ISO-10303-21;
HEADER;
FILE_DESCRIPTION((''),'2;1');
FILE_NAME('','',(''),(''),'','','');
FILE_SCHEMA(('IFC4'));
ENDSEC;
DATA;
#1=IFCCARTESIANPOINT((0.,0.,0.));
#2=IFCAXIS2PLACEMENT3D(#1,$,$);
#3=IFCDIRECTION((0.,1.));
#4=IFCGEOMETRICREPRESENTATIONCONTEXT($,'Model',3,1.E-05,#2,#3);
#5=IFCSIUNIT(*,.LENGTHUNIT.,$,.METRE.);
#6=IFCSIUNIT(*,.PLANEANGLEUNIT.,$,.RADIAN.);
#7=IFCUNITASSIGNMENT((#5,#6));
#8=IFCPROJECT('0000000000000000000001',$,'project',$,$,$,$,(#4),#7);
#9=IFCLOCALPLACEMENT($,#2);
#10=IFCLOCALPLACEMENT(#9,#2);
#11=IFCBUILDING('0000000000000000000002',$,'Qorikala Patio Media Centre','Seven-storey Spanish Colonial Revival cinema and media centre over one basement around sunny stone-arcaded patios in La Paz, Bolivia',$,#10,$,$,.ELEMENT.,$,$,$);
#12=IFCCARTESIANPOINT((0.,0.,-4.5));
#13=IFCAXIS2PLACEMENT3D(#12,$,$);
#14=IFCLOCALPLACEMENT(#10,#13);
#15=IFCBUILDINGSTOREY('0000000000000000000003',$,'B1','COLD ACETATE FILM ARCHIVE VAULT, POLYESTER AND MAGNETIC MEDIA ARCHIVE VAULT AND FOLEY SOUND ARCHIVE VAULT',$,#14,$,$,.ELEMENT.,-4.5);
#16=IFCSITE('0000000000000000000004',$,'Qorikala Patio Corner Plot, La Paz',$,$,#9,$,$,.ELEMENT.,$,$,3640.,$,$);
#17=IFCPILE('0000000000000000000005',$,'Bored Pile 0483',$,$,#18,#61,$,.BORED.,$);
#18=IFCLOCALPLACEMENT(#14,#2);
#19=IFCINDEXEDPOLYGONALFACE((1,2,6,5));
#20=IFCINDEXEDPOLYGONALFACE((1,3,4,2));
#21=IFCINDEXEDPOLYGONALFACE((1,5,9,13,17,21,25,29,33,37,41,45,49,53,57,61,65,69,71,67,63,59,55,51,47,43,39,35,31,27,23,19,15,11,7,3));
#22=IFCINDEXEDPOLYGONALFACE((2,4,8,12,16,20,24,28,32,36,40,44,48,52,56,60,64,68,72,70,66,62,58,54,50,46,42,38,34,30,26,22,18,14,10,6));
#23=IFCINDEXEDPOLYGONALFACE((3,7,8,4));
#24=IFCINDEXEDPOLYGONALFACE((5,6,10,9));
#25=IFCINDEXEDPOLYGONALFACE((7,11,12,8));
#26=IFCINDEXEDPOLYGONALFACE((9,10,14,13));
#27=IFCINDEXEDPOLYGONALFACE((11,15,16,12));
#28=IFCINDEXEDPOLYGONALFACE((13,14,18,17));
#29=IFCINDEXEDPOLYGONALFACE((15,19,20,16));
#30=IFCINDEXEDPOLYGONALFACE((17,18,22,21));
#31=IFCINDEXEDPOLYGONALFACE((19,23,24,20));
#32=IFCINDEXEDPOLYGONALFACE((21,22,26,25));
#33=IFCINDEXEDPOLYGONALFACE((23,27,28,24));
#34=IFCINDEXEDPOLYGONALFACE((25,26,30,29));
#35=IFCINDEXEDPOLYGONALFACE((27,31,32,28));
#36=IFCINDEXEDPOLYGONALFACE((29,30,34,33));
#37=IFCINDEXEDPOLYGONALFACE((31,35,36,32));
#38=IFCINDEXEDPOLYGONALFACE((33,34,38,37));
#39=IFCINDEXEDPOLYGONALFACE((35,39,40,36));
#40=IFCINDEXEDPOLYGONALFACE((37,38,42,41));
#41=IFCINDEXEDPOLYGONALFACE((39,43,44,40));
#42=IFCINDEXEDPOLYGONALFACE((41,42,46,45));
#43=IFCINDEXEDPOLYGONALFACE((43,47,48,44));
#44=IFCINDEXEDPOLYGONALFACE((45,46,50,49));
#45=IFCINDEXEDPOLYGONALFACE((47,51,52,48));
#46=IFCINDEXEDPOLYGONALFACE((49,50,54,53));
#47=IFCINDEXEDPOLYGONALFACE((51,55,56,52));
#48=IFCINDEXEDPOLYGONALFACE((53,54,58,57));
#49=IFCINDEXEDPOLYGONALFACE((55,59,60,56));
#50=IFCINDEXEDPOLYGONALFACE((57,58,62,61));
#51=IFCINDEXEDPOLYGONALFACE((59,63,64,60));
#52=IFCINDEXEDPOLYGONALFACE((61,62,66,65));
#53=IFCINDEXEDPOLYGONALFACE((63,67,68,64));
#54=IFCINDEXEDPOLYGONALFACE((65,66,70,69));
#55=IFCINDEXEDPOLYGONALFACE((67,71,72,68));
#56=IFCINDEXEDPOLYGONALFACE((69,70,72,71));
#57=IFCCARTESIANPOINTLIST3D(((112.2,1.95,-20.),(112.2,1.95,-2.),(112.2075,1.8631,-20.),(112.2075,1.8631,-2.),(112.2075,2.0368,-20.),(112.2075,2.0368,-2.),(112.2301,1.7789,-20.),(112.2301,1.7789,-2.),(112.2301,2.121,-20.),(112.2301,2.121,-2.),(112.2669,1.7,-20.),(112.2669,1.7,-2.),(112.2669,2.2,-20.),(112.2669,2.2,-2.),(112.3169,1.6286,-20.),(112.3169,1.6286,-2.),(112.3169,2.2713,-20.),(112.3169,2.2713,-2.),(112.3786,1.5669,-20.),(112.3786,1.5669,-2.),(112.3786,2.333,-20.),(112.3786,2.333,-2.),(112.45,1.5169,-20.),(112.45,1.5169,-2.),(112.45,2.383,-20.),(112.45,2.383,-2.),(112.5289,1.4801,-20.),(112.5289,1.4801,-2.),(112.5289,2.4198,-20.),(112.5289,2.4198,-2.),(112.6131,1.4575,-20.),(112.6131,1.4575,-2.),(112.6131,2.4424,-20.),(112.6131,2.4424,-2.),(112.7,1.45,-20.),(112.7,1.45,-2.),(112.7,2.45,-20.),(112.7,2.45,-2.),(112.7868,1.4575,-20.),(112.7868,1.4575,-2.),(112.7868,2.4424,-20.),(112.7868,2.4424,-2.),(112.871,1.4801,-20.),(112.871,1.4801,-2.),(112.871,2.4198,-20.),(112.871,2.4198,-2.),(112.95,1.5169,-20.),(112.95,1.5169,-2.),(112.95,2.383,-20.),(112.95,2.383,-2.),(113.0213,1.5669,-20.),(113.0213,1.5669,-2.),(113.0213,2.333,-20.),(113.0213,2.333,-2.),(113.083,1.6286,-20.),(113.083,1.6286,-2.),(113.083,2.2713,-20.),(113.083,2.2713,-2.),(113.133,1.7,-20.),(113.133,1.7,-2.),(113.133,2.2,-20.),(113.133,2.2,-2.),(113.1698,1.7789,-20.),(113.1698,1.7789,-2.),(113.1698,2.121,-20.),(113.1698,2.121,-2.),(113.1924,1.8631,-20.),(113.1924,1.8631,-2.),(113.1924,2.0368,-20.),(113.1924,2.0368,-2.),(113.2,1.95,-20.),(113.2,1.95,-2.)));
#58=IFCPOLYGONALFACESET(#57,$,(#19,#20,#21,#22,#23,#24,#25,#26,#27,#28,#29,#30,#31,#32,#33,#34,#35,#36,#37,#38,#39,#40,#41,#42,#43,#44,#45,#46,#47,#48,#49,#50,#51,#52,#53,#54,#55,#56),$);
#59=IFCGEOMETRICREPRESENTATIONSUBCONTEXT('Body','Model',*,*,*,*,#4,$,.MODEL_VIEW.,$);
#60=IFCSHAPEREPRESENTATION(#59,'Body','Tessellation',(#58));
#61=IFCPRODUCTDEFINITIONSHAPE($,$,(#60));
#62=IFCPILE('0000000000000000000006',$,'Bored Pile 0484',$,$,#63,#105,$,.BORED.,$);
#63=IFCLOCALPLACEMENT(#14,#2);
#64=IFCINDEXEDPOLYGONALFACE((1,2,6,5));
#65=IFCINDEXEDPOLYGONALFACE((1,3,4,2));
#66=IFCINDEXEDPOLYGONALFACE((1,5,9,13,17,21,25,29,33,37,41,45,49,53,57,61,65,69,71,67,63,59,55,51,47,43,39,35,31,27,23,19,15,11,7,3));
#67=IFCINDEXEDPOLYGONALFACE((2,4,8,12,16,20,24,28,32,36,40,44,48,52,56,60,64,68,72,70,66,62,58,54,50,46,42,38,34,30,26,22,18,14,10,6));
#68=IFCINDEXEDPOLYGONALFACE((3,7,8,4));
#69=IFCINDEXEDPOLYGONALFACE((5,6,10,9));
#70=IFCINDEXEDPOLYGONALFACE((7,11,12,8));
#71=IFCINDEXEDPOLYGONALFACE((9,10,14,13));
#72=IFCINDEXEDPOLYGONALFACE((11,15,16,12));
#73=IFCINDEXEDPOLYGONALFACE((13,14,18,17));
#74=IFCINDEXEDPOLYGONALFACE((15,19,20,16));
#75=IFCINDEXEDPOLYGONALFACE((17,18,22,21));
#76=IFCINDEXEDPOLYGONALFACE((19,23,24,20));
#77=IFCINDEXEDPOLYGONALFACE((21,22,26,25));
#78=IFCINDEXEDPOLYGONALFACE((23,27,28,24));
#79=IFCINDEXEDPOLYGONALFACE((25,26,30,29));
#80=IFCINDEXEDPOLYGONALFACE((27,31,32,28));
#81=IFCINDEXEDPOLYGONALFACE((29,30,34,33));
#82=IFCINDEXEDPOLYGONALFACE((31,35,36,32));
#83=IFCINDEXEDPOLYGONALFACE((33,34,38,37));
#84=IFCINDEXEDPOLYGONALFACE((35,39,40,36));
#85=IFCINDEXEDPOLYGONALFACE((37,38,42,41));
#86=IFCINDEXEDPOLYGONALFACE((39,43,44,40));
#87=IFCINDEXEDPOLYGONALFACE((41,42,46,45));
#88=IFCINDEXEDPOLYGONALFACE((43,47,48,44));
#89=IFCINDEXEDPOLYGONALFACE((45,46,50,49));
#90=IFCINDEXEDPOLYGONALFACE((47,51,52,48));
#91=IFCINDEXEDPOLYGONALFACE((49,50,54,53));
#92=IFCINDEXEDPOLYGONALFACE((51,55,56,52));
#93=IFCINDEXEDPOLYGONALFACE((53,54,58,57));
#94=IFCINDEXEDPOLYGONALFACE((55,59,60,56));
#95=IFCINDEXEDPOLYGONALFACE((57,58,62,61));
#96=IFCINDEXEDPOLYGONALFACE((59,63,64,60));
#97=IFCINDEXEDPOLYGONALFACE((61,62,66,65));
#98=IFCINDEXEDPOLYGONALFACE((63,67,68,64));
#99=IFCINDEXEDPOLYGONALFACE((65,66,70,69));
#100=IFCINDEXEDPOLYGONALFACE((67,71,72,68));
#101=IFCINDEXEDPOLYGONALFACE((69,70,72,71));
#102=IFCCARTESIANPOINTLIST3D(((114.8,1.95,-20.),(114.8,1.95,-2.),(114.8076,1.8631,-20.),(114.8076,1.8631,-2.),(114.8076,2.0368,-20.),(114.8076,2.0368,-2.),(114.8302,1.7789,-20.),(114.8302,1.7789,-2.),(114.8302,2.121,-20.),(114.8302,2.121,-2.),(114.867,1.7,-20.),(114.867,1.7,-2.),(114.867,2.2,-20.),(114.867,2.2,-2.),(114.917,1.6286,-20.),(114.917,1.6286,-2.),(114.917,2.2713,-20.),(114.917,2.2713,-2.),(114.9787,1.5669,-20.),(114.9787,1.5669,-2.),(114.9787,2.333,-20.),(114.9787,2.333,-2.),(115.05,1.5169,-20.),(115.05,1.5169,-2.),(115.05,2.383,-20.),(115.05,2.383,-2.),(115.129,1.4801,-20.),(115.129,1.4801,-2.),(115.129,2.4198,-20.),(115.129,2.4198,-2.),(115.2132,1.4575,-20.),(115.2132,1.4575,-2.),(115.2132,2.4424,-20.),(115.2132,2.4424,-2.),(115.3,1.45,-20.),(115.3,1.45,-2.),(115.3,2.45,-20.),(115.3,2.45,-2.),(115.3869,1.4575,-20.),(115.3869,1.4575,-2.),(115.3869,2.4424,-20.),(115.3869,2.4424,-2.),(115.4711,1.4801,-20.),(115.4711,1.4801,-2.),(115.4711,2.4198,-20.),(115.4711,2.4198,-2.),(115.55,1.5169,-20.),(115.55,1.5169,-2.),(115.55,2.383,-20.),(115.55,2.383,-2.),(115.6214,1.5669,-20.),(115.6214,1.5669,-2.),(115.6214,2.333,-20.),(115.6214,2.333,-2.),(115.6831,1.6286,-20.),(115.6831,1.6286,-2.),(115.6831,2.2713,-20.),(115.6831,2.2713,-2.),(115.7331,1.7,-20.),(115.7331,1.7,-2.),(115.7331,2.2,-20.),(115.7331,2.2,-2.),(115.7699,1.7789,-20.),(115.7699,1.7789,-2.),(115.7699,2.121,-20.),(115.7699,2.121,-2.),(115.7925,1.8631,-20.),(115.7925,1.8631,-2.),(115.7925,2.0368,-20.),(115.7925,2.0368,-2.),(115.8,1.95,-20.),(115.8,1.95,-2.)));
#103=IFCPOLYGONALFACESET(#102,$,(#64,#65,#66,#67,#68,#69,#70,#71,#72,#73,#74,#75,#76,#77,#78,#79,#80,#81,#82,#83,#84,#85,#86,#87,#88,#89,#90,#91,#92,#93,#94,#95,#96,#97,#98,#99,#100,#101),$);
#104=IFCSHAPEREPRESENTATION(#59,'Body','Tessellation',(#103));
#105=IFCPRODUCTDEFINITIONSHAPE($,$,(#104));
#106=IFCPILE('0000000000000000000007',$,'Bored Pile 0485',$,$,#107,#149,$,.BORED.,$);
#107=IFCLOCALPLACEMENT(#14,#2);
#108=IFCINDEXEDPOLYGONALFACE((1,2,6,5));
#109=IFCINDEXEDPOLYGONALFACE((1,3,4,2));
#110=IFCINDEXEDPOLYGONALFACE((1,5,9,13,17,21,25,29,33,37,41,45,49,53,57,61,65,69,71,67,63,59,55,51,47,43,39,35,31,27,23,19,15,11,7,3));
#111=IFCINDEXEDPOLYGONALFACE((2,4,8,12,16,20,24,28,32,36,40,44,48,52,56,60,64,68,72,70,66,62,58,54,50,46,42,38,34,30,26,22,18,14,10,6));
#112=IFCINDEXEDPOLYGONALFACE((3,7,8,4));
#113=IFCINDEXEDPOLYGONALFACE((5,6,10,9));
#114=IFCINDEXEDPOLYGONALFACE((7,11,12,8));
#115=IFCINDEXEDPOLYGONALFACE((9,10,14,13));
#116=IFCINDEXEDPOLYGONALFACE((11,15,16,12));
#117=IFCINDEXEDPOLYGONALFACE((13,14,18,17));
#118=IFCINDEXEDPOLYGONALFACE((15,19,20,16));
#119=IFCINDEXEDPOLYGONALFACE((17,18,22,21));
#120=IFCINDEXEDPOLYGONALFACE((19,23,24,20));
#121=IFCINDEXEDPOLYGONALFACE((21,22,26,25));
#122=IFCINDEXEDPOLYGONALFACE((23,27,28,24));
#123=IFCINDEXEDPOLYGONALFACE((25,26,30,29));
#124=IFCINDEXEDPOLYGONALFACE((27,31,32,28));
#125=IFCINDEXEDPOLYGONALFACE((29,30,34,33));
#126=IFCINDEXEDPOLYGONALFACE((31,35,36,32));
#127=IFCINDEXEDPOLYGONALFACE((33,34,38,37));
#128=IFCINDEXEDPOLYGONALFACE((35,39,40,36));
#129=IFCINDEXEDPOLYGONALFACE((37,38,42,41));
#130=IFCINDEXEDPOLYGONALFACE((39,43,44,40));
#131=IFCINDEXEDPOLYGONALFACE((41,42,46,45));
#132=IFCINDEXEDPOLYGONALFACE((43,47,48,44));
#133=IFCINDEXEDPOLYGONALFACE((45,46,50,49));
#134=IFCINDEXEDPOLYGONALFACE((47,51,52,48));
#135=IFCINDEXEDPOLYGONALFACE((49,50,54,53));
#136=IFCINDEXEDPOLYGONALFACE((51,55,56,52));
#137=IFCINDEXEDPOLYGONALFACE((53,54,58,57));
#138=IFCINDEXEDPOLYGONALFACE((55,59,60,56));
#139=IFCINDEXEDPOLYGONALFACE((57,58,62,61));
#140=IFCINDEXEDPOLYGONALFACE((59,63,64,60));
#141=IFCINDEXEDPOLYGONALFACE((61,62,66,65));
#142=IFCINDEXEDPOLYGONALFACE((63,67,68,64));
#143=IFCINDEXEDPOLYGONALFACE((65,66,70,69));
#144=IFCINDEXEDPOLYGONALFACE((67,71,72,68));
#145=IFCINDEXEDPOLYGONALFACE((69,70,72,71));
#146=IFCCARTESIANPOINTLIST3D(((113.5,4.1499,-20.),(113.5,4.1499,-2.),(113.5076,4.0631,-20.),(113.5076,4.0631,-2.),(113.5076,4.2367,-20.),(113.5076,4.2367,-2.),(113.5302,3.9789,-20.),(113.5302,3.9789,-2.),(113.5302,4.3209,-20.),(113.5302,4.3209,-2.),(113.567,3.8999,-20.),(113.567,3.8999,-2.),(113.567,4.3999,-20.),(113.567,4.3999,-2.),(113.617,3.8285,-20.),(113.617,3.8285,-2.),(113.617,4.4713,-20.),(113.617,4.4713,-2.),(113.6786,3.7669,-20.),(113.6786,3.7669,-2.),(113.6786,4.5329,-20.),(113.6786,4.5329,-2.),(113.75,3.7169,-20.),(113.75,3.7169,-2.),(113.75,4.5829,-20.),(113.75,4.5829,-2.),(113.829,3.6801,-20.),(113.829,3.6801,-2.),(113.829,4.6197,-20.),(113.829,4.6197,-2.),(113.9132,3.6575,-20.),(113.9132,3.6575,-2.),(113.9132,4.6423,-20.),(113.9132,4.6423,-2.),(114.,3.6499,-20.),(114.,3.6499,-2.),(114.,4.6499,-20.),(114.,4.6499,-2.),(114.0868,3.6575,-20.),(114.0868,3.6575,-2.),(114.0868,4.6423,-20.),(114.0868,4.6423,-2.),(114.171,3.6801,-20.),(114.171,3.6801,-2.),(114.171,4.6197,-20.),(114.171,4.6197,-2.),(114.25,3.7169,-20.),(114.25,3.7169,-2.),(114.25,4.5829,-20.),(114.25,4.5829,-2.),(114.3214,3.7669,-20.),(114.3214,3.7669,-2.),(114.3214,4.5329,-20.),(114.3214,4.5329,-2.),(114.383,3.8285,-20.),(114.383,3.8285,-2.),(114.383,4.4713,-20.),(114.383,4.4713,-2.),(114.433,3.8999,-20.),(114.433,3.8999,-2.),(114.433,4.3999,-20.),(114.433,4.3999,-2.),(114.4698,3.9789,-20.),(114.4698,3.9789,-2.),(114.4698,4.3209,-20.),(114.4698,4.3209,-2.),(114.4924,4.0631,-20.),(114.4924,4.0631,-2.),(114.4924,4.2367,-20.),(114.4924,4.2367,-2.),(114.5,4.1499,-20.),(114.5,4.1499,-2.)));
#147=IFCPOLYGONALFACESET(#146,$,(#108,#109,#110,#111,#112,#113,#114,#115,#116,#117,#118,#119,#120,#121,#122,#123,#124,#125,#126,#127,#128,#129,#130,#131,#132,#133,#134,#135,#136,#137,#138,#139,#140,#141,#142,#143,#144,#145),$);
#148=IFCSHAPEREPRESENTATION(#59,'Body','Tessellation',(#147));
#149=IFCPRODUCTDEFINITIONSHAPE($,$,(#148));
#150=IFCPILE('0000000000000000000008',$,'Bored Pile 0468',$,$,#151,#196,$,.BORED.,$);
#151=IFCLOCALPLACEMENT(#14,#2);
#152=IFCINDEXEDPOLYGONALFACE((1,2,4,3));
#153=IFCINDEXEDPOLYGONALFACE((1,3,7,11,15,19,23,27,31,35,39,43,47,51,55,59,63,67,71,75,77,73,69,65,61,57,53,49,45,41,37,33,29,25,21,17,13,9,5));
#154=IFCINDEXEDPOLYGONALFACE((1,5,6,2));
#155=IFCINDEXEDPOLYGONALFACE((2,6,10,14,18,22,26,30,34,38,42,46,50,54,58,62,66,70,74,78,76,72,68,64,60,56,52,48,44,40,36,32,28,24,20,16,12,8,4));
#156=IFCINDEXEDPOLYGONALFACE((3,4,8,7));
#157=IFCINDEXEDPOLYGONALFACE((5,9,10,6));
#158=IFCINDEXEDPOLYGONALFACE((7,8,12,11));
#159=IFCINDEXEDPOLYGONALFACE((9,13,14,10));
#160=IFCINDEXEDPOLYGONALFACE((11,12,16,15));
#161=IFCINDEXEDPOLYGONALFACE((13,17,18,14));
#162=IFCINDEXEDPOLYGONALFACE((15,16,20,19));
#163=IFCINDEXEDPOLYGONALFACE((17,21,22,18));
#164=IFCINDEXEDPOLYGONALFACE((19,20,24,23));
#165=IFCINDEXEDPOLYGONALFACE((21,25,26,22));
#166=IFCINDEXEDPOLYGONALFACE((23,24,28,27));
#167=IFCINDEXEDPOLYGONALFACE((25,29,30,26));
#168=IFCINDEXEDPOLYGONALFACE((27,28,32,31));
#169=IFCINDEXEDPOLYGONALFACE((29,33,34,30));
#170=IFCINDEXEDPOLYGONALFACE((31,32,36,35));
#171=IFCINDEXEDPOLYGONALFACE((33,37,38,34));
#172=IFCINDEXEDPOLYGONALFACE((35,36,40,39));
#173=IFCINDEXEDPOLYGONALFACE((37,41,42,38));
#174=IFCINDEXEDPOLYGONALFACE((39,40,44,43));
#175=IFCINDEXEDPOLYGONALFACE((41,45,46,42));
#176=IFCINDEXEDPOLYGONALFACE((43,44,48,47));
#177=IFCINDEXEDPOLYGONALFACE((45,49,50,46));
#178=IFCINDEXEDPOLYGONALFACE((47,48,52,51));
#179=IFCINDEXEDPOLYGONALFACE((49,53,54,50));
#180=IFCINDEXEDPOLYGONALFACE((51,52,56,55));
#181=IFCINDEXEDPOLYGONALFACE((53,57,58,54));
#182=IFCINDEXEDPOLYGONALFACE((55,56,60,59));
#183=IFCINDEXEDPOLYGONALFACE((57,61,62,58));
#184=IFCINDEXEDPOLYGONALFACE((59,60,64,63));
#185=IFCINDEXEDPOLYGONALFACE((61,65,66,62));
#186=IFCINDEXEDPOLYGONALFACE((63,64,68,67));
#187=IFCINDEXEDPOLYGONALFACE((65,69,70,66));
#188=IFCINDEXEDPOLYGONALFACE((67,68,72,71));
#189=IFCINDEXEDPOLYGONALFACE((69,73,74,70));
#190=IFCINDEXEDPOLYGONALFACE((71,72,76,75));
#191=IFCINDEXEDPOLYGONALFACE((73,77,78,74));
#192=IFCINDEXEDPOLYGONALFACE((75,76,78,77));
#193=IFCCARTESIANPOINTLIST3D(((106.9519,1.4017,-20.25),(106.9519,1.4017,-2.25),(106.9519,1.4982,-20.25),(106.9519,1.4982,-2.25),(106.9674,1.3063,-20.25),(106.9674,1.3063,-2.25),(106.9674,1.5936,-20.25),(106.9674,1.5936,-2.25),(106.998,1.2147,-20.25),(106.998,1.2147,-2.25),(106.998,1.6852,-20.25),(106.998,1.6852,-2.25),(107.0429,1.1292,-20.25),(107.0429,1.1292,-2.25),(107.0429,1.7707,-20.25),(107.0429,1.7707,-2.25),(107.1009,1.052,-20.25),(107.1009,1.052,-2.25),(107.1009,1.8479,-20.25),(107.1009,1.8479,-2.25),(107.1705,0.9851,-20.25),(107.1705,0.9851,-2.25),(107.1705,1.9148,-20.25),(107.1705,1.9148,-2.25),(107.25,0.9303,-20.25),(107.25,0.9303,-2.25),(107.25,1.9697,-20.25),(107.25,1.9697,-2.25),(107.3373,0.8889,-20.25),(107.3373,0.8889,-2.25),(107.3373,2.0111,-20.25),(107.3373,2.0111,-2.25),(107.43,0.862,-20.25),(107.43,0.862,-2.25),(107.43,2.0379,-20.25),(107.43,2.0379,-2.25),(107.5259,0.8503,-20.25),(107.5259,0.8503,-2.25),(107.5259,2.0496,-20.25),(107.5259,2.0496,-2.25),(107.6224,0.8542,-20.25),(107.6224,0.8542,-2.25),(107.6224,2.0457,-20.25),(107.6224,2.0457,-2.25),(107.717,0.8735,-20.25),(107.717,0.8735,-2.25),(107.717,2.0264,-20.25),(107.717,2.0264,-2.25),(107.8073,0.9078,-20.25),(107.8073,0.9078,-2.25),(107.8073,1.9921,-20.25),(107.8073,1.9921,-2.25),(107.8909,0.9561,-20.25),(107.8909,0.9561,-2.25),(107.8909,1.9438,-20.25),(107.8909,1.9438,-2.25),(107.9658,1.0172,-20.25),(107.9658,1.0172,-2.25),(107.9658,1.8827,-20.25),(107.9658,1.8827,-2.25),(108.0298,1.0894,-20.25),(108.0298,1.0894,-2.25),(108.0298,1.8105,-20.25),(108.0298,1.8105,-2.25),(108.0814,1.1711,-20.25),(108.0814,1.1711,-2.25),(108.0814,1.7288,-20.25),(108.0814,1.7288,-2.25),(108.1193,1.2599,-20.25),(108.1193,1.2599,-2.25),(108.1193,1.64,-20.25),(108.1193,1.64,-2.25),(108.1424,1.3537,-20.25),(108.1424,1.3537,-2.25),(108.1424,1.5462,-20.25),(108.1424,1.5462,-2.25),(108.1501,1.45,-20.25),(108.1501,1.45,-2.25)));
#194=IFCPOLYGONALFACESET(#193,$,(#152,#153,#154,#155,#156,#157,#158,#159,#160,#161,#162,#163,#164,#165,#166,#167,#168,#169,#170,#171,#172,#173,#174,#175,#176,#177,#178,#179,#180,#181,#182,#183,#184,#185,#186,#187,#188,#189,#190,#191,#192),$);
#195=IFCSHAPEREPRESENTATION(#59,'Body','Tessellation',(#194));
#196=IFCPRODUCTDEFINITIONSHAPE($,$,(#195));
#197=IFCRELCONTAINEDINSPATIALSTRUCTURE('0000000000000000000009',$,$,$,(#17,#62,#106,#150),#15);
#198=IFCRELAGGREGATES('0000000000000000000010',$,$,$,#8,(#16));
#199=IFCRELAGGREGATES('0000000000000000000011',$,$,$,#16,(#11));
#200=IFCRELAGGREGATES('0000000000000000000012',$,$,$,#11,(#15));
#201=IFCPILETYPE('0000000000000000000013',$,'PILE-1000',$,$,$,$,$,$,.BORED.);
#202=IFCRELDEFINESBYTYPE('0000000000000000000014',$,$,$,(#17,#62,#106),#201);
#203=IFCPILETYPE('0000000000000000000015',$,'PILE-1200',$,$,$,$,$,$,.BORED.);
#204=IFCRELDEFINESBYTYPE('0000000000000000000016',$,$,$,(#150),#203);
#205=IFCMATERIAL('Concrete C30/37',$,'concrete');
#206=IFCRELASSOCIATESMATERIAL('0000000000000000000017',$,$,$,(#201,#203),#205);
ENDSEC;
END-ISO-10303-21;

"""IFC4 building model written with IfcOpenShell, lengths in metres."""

from ifc_helpers import new_model, si_unit, direction, frame, origin, origin_2d, place, context, subcontext, project, spatial, circle, extrude, material, material_profile, profile_set, type_object, element, save


model = new_model("IFC4")

# Units and contexts
model_context = context("Model", 3, precision=1e-05, world=origin(), true_north=direction((0.0, 1.0)))
body_context = subcontext(model_context, "Body", "Model", "MODEL_VIEW")
ifc_project = project(units=[si_unit("LENGTHUNIT", "METRE"), si_unit("PLANEANGLEUNIT", "RADIAN")], contexts=[model_context])

# Site, building, storey
site_placement = place(None, origin())
site = spatial("IfcSite", under=ifc_project, at=site_placement, Name="Qorikala Patio Corner Plot, La Paz", CompositionType="ELEMENT", RefElevation=3640.0)
building_placement = place(site_placement, origin())
building = spatial("IfcBuilding", under=site, at=building_placement, Name="Qorikala Patio Media Centre", Description="Seven-storey Spanish Colonial Revival cinema and media centre over one basement around sunny stone-arcaded patios in La Paz, Bolivia", CompositionType="ELEMENT")
storey_placement = place(building_placement, frame((0.0, 0.0, -4.5)))
storey = spatial("IfcBuildingStorey", under=building, at=storey_placement, Name="B1", Description="COLD ACETATE FILM ARCHIVE VAULT, POLYESTER AND MAGNETIC MEDIA ARCHIVE VAULT AND FOLEY SOUND ARCHIVE VAULT", CompositionType="ELEMENT", Elevation=-4.5)

# Shared definitions
ifc_material_1 = material(Name="Concrete C30/37", Category="concrete")

# Piles
ifc_material_profile_1 = material_profile(ifc_material_1, circle(Radius=0.5, at=origin_2d()), Name="BORED PILE 1000")
ifc_profile_set_1 = profile_set([ifc_material_profile_1], Name="Concrete C30/37")
pile_type_1 = type_object("IfcPileType", Name="PILE-1000", PredefinedType="BORED", material=ifc_profile_set_1)
for number, where, z_axis, x_axis, name in (
    (1, (112.7, 1.95, -2.0), (0.0, 0.0, -1.0), (1.0, 0.0, 0.0), "Bored Pile 0483"),
    (2, (115.3, 1.95, -2.0), (0.0, 0.0, -1.0), (1.0, 0.0, 0.0), "Bored Pile 0484"),
    (3, (114.0, 4.1499, -2.0), (0.0, 0.0, -1.0), (1.0, 0.0, 0.0), "Bored Pile 0485"),
):
    element("IfcPile", number, at=place(storey_placement, frame(where, z_axis=z_axis, x_axis=x_axis)), inside=storey, type_object=pile_type_1, Name=name, PredefinedType="BORED", context=body_context, shape_type="SweptSolid", body=[
        extrude(circle(Radius=0.5, at=origin_2d()), origin(), (0.0, 0.0, 1.0), 18.0),
    ])
ifc_material_profile_2 = material_profile(ifc_material_1, circle(Radius=0.6001, at=origin_2d()), Name="BORED PILE 1200")
ifc_profile_set_2 = profile_set([ifc_material_profile_2], Name="Concrete C30/37")
pile_type_2 = type_object("IfcPileType", Name="PILE-1200", PredefinedType="BORED", material=ifc_profile_set_2)
for number, where, z_axis, x_axis, name in (
    (4, (107.55, 1.45, -2.25), (0.0, 0.0, -1.0), (1.0, 0.0, 0.0), "Bored Pile 0468"),
):
    element("IfcPile", number, at=place(storey_placement, frame(where, z_axis=z_axis, x_axis=x_axis)), inside=storey, type_object=pile_type_2, Name=name, PredefinedType="BORED", context=body_context, shape_type="SweptSolid", body=[
        extrude(circle(Radius=0.6001, at=origin_2d()), origin(), (0.0, 0.0, 1.0), 18.0),
    ])

save(model, "model.ifc")
